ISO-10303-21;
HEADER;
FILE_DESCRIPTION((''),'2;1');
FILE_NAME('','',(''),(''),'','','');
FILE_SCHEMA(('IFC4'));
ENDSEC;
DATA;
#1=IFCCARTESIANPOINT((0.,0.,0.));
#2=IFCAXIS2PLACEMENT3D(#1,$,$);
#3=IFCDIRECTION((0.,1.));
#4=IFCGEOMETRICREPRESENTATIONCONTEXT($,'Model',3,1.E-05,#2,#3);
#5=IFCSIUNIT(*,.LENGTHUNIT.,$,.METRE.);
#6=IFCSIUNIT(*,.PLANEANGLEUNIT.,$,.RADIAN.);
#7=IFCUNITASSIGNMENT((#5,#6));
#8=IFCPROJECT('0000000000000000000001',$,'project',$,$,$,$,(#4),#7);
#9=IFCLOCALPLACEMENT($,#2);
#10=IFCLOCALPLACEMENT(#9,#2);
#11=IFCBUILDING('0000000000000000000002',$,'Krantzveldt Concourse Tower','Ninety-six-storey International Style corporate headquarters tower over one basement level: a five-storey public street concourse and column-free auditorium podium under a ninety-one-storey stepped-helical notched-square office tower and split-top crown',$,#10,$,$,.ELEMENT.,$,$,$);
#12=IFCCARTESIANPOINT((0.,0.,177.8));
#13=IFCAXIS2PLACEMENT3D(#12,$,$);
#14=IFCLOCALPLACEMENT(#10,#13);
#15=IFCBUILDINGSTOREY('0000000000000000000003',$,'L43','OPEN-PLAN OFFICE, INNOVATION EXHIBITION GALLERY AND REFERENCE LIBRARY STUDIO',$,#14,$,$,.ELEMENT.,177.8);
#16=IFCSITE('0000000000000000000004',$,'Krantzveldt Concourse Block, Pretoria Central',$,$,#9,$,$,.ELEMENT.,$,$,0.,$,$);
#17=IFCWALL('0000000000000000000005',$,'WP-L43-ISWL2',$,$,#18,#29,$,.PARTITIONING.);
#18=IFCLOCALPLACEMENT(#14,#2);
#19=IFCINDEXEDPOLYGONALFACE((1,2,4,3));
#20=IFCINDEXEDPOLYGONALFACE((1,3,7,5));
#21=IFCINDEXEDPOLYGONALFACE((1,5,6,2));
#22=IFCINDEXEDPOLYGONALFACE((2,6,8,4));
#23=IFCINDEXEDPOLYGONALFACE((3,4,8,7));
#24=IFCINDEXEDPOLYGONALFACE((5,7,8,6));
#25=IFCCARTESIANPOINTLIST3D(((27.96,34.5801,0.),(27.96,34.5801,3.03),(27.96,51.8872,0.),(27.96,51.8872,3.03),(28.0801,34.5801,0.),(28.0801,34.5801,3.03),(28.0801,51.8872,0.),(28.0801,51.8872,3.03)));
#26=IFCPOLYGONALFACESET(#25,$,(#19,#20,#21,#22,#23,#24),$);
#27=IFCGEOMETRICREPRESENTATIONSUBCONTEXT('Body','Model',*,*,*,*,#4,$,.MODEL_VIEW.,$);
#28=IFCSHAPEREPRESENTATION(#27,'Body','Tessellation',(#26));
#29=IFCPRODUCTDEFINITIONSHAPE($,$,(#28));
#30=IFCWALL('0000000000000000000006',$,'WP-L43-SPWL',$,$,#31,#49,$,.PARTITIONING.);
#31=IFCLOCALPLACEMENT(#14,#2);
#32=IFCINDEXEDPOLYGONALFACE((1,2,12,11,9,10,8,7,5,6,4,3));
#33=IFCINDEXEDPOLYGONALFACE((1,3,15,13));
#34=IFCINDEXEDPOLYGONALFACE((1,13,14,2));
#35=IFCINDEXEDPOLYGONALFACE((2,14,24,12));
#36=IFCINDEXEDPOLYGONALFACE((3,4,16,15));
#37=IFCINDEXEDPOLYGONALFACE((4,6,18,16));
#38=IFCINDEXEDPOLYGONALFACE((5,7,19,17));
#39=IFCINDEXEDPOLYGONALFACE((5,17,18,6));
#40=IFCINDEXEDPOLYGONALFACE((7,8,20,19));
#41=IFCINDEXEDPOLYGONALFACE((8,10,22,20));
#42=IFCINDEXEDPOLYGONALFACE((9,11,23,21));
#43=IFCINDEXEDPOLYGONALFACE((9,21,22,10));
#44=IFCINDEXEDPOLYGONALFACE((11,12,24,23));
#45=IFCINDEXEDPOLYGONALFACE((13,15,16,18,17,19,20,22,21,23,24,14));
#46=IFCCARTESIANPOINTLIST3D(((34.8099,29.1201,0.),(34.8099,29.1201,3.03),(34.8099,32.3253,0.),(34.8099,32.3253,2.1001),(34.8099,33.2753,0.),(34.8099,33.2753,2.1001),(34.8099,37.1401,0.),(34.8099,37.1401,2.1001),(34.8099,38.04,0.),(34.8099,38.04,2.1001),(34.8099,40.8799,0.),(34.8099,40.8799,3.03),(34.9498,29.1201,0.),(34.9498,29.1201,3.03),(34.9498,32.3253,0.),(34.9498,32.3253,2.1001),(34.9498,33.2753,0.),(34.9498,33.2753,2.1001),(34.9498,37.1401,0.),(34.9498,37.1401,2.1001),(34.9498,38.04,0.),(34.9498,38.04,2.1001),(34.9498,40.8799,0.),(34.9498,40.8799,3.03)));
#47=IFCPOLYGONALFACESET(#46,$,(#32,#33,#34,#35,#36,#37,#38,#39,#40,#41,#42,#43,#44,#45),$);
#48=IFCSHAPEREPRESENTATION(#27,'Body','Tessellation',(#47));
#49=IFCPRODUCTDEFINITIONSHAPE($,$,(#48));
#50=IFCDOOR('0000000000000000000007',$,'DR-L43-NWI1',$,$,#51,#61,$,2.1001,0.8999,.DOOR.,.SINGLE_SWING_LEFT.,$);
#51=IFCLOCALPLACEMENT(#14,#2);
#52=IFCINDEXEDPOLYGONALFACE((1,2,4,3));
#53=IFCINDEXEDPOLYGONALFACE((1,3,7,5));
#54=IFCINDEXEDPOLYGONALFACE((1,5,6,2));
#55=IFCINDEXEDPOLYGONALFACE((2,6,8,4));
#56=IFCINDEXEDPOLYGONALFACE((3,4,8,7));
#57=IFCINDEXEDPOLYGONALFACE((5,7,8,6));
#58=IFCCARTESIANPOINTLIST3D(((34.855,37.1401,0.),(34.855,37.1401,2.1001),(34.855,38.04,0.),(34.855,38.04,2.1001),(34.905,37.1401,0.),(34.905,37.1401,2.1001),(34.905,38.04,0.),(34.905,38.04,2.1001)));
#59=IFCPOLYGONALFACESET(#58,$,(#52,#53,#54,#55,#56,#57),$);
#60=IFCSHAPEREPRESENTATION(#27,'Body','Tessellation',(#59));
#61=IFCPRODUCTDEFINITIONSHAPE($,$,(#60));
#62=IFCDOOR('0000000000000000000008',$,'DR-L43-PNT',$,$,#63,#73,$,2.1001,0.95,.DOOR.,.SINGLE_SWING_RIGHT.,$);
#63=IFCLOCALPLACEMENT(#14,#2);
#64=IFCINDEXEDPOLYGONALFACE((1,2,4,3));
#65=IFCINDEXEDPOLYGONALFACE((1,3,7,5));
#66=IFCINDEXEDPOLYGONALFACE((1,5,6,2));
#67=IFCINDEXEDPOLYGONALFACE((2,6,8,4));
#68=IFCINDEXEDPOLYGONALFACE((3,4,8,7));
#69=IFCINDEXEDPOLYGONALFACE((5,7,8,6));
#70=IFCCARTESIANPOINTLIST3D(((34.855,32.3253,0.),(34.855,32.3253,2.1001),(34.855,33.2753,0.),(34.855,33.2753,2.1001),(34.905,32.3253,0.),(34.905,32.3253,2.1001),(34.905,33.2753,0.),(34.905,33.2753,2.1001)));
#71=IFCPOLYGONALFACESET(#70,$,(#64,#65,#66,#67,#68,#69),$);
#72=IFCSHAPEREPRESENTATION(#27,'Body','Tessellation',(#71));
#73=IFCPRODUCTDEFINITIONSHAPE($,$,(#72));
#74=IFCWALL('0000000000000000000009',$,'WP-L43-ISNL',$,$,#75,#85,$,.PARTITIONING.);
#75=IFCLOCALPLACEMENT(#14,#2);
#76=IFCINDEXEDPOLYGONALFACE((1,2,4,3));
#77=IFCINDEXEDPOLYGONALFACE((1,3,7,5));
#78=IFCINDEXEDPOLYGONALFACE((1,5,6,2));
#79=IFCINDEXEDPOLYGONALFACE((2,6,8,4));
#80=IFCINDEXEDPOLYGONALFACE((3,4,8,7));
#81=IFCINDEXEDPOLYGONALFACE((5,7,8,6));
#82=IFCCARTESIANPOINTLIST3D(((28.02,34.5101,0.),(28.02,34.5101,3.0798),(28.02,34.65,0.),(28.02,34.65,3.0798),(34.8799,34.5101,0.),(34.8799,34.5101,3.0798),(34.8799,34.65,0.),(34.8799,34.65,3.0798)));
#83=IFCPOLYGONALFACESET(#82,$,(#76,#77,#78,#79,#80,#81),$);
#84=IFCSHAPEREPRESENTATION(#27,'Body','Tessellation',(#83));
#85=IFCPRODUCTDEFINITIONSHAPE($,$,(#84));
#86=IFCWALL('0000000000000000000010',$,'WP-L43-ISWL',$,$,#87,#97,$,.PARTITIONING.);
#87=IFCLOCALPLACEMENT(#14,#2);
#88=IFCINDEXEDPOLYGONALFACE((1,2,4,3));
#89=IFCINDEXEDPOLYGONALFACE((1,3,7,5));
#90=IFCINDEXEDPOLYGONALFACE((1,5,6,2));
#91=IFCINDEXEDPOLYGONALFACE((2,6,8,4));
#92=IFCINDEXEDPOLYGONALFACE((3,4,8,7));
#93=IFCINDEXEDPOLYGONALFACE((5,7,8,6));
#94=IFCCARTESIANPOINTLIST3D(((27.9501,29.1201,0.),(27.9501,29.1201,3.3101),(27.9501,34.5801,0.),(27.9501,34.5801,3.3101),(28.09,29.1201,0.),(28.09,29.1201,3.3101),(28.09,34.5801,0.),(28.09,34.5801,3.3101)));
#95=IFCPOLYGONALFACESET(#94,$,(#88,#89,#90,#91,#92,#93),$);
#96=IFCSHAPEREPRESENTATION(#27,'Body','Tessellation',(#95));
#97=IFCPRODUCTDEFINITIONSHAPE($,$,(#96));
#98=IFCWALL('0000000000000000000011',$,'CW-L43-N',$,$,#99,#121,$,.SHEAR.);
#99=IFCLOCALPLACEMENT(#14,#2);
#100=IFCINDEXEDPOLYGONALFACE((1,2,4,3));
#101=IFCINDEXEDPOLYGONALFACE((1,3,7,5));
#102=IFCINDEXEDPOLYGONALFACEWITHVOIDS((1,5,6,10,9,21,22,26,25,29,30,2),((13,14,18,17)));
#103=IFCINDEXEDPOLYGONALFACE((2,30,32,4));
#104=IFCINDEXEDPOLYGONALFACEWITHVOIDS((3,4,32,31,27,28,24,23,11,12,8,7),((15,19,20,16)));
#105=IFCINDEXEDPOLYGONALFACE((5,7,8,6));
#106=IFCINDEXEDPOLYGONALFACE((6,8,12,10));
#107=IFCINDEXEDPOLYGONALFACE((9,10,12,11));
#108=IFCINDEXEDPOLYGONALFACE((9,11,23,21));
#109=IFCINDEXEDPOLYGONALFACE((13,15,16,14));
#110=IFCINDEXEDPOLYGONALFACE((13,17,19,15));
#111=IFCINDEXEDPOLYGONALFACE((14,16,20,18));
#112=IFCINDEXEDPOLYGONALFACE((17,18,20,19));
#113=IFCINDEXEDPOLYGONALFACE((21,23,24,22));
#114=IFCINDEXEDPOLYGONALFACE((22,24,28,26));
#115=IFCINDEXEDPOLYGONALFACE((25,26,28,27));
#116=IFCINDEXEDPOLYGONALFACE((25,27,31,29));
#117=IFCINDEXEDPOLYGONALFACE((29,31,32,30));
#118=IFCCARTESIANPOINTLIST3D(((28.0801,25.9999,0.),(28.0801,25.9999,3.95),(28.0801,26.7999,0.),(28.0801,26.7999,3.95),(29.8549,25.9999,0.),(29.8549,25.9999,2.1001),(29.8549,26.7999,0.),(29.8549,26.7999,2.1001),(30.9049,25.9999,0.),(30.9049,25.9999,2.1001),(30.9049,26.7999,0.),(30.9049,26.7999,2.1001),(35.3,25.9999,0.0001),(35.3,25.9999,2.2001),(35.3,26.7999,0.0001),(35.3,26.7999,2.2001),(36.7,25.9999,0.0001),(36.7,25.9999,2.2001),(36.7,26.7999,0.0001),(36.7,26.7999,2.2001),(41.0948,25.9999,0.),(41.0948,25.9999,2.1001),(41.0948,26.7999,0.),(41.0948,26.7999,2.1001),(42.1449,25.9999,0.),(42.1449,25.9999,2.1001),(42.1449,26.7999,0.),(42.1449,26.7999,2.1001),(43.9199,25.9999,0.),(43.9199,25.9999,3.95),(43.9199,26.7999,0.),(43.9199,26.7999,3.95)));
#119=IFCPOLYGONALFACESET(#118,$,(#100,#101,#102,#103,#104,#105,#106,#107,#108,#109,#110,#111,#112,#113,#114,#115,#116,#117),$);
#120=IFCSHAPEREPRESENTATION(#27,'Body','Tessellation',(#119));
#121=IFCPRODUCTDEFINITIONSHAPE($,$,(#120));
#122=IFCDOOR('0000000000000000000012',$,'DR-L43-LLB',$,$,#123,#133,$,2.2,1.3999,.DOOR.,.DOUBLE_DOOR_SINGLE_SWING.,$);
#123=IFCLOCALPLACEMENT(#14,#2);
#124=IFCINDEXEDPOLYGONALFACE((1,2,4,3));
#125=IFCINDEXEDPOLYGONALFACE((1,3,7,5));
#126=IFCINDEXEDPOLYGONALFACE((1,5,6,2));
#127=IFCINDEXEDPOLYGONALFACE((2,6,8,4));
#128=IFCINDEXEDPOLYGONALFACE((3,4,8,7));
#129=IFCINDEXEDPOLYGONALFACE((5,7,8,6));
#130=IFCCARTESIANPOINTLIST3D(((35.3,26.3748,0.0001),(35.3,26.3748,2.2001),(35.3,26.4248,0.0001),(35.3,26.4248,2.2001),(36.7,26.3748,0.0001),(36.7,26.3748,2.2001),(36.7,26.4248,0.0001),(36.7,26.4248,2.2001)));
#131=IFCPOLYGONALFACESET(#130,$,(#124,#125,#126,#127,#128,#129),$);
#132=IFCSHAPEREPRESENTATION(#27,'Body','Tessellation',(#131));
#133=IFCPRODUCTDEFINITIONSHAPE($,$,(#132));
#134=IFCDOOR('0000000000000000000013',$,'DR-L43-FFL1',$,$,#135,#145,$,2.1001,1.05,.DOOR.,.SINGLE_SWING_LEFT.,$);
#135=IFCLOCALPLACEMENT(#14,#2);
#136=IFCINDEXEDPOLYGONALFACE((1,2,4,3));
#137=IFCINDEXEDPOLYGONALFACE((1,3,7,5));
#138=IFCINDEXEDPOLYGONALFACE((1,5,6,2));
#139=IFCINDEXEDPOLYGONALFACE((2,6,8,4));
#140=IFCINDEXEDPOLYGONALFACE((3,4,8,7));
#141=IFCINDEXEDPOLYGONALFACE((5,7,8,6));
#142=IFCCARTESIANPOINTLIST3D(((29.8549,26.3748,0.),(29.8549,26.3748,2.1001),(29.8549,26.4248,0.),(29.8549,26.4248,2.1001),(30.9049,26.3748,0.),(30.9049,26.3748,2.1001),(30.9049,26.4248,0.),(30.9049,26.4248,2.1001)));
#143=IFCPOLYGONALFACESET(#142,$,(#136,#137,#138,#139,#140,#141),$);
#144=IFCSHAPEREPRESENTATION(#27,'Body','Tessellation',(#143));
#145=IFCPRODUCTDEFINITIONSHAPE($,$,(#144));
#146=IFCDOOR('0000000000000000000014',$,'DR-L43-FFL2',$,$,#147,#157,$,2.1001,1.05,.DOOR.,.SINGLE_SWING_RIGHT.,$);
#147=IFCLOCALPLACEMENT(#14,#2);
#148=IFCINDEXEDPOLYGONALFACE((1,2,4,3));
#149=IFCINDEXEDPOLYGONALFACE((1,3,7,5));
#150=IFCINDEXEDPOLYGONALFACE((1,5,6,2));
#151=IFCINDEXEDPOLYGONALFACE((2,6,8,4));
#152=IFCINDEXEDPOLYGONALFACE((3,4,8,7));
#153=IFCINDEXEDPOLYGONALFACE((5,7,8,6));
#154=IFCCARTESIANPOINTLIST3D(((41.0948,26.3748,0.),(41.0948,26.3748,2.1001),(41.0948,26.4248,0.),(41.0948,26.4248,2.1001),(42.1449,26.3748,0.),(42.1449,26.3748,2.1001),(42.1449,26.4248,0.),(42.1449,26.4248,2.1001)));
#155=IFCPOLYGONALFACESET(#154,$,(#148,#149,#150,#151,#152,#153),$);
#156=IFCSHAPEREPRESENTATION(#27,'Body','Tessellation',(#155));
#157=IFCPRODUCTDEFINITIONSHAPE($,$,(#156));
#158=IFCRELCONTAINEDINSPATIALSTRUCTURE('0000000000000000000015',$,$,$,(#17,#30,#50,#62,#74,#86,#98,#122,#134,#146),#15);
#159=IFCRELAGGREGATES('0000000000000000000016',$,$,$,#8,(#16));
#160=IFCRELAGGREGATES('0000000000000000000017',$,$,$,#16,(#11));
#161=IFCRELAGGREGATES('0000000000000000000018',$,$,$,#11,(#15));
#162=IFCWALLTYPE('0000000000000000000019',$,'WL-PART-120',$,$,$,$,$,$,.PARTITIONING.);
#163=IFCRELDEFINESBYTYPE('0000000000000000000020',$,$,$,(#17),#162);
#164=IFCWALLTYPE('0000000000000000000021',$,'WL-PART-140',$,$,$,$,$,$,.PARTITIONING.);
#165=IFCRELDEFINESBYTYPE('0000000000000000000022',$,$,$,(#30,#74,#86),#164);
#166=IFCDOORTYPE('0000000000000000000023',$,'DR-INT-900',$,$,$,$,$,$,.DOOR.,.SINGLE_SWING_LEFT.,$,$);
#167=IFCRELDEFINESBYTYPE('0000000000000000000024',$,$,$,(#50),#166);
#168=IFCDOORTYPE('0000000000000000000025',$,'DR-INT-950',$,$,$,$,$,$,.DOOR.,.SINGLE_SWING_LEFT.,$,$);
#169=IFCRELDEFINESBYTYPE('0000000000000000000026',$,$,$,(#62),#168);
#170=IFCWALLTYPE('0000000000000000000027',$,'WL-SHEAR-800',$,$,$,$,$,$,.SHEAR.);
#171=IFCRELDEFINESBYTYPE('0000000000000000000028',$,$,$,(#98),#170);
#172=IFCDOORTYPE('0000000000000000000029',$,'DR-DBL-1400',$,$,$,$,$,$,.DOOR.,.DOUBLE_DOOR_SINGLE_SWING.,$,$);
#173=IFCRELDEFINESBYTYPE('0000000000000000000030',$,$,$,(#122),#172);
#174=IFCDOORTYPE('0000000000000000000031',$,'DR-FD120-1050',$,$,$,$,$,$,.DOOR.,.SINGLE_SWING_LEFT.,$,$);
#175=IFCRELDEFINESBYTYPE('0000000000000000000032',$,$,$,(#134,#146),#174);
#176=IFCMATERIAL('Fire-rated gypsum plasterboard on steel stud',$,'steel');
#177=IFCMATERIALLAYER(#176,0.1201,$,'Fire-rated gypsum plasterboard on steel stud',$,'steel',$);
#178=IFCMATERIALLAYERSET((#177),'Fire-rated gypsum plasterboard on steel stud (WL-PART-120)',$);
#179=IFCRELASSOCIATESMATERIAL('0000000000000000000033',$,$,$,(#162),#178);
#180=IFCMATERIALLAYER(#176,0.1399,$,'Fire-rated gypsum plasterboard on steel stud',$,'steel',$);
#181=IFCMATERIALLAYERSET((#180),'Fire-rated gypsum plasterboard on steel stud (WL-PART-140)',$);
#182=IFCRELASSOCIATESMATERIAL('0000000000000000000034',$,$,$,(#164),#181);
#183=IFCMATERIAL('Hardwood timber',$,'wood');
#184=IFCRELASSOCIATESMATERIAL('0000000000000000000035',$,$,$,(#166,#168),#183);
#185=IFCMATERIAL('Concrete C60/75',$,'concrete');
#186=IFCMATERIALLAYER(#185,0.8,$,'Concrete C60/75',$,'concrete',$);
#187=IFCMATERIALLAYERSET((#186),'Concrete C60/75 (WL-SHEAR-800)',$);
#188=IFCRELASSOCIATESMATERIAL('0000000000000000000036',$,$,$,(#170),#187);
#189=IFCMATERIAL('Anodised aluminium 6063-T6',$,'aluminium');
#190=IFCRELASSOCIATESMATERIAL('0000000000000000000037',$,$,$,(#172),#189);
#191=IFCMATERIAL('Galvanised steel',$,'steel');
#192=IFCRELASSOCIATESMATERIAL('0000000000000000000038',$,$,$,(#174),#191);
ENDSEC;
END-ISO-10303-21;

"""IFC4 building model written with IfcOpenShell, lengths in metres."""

from ifc_helpers import new_model, si_unit, direction, frame, frame_2d, origin, place, context, subcontext, project, spatial, rectangle, extrude, material, layer, layer_set, type_object, element, fill, save


model = new_model("IFC4")

# Units and contexts
model_context = context("Model", 3, precision=1e-05, world=origin(), true_north=direction((0.0, 1.0)))
body_context = subcontext(model_context, "Body", "Model", "MODEL_VIEW")
ifc_project = project(units=[si_unit("LENGTHUNIT", "METRE"), si_unit("PLANEANGLEUNIT", "RADIAN")], contexts=[model_context])

# Site, building, storey
site_placement = place(None, origin())
site = spatial("IfcSite", under=ifc_project, at=site_placement, Name="Krantzveldt Concourse Block, Pretoria Central", CompositionType="ELEMENT", RefElevation=0.0)
building_placement = place(site_placement, origin())
building = spatial("IfcBuilding", under=site, at=building_placement, Name="Krantzveldt Concourse Tower", Description="Ninety-six-storey International Style corporate headquarters tower over one basement level: a five-storey public street concourse and column-free auditorium podium under a ninety-one-storey stepped-helical notched-square office tower and split-top crown", CompositionType="ELEMENT")
storey_placement = place(building_placement, frame((0.0, 0.0, 177.8)))
storey = spatial("IfcBuildingStorey", under=building, at=storey_placement, Name="L43", Description="OPEN-PLAN OFFICE, INNOVATION EXHIBITION GALLERY AND REFERENCE LIBRARY STUDIO", CompositionType="ELEMENT", Elevation=177.8)

# Wall
ifc_material_1 = material(Name="Fire-rated gypsum plasterboard on steel stud", Category="steel")
ifc_layer_1 = layer(ifc_material_1, 0.1201, Name="Fire-rated gypsum plasterboard on steel stud", Category="steel")
ifc_layer_set_1 = layer_set([ifc_layer_1], Name="Fire-rated gypsum plasterboard on steel stud (WL-PART-120)")
wall_type_1 = type_object("IfcWallType", Name="WL-PART-120", PredefinedType="PARTITIONING", material=ifc_layer_set_1)
wall_1_placement = place(storey_placement, frame((28.02, 34.5801, 0.0), z_axis=(0.0, 0.0, 1.0), x_axis=(0.0, 1.0, 0.0)))
element("IfcWall", 1, at=wall_1_placement, inside=storey, type_object=wall_type_1, Name="WP-L43-ISWL2", PredefinedType="PARTITIONING", context=body_context, shape_type="SweptSolid", body=[
    extrude(rectangle(XDim=17.3071, YDim=0.1201, at=frame_2d((8.6536, 0.0))), origin(), (0.0, 0.0, 1.0), 3.03),
])

# Wall, openings, doors
ifc_layer_2 = layer(ifc_material_1, 0.1399, Name="Fire-rated gypsum plasterboard on steel stud", Category="steel")
ifc_layer_set_2 = layer_set([ifc_layer_2], Name="Fire-rated gypsum plasterboard on steel stud (WL-PART-140)")
wall_type_2 = type_object("IfcWallType", Name="WL-PART-140", PredefinedType="PARTITIONING", material=ifc_layer_set_2)
wall_2_placement = place(storey_placement, frame((34.8799, 29.1201, 0.0), z_axis=(0.0, 0.0, 1.0), x_axis=(0.0, 1.0, 0.0)))
wall_2 = element("IfcWall", 2, at=wall_2_placement, inside=storey, type_object=wall_type_2, Name="WP-L43-SPWL", PredefinedType="PARTITIONING", context=body_context, shape_type="SweptSolid", body=[
    extrude(rectangle(XDim=11.7598, YDim=0.1399, at=frame_2d((5.8799, 0.0))), origin(), (0.0, 0.0, 1.0), 3.03),
])
opening_1_placement = place(wall_2_placement, frame((3.2051, 0.0, 0.0)))
opening_1 = element("IfcOpeningElement", 3, at=opening_1_placement, cuts=wall_2, PredefinedType="OPENING", context=body_context, shape_type="SweptSolid", body=[
    extrude(rectangle(XDim=0.95, YDim=2.1001, at=frame_2d((0.4751, 1.05))), frame((0.0, 0.0801, 0.0), z_axis=(0.0, -1.0, 0.0), x_axis=(1.0, 0.0, 0.0)), (0.0, 0.0, 1.0), 0.1599),
])
opening_2_placement = place(wall_2_placement, frame((8.02, 0.0, 0.0)))
opening_2 = element("IfcOpeningElement", 4, at=opening_2_placement, cuts=wall_2, PredefinedType="OPENING", context=body_context, shape_type="SweptSolid", body=[
    extrude(rectangle(XDim=0.8999, YDim=2.1001, at=frame_2d((0.45, 1.05))), frame((0.0, 0.0801, 0.0), z_axis=(0.0, -1.0, 0.0), x_axis=(1.0, 0.0, 0.0)), (0.0, 0.0, 1.0), 0.1599),
])
ifc_material_2 = material(Name="Hardwood timber", Category="wood")
door_type_1 = type_object("IfcDoorType", Name="DR-INT-900", OperationType="SINGLE_SWING_LEFT", PredefinedType="DOOR", material=ifc_material_2)
door_1_placement = place(opening_2_placement, origin())
door_1 = element("IfcDoor", 5, at=door_1_placement, inside=storey, type_object=door_type_1, Name="DR-L43-NWI1", OperationType="SINGLE_SWING_LEFT", OverallHeight=2.1001, OverallWidth=0.8999, PredefinedType="DOOR", context=body_context, shape_type="SweptSolid", body=[
    extrude(rectangle(XDim=0.8999, YDim=2.1001, at=frame_2d((0.45, 1.05))), frame((0.0, 0.0249, 0.0), z_axis=(0.0, -1.0, 0.0), x_axis=(1.0, 0.0, 0.0)), (0.0, 0.0, 1.0), 0.05),
])
fill(opening_2, door_1)
door_type_2 = type_object("IfcDoorType", Name="DR-INT-950", OperationType="SINGLE_SWING_LEFT", PredefinedType="DOOR", material=ifc_material_2)
door_2_placement = place(opening_1_placement, origin())
door_2 = element("IfcDoor", 6, at=door_2_placement, inside=storey, type_object=door_type_2, Name="DR-L43-PNT", OperationType="SINGLE_SWING_RIGHT", OverallHeight=2.1001, OverallWidth=0.95, PredefinedType="DOOR", context=body_context, shape_type="SweptSolid", body=[
    extrude(rectangle(XDim=0.95, YDim=2.1001, at=frame_2d((0.4751, 1.05))), frame((0.0, 0.0249, 0.0), z_axis=(0.0, -1.0, 0.0), x_axis=(1.0, 0.0, 0.0)), (0.0, 0.0, 1.0), 0.05),
])
fill(opening_1, door_2)

# Walls
wall_3_placement = place(storey_placement, frame((28.02, 34.5801, 0.0), z_axis=(0.0, 0.0, 1.0), x_axis=(1.0, 0.0, 0.0)))
element("IfcWall", 7, at=wall_3_placement, inside=storey, type_object=wall_type_2, Name="WP-L43-ISNL", PredefinedType="PARTITIONING", context=body_context, shape_type="SweptSolid", body=[
    extrude(rectangle(XDim=6.8599, YDim=0.1399, at=frame_2d((3.4299, 0.0))), origin(), (0.0, 0.0, 1.0), 3.0798),
])
wall_4_placement = place(storey_placement, frame((28.02, 29.1201, 0.0), z_axis=(0.0, 0.0, 1.0), x_axis=(0.0, 1.0, 0.0)))
element("IfcWall", 8, at=wall_4_placement, inside=storey, type_object=wall_type_2, Name="WP-L43-ISWL", PredefinedType="PARTITIONING", context=body_context, shape_type="SweptSolid", body=[
    extrude(rectangle(XDim=5.46, YDim=0.1399, at=frame_2d((2.73, 0.0))), origin(), (0.0, 0.0, 1.0), 3.3101),
])

# Wall, openings, doors
ifc_material_3 = material(Name="Concrete C60/75", Category="concrete")
ifc_layer_3 = layer(ifc_material_3, 0.8, Name="Concrete C60/75", Category="concrete")
ifc_layer_set_3 = layer_set([ifc_layer_3], Name="Concrete C60/75 (WL-SHEAR-800)")
wall_type_3 = type_object("IfcWallType", Name="WL-SHEAR-800", PredefinedType="SHEAR", material=ifc_layer_set_3)
wall_5_placement = place(storey_placement, frame((28.0801, 26.3999, 0.0), z_axis=(0.0, 0.0, 1.0), x_axis=(1.0, 0.0, 0.0)))
wall_5 = element("IfcWall", 9, at=wall_5_placement, inside=storey, type_object=wall_type_3, Name="CW-L43-N", PredefinedType="SHEAR", context=body_context, shape_type="SweptSolid", body=[
    extrude(rectangle(XDim=15.8398, YDim=0.8, at=frame_2d((7.9199, 0.0))), origin(), (0.0, 0.0, 1.0), 3.95),
])
opening_3_placement = place(wall_5_placement, frame((7.22, 0.0, 0.0)))
opening_3 = element("IfcOpeningElement", 10, at=opening_3_placement, cuts=wall_5, PredefinedType="OPENING", context=body_context, shape_type="SweptSolid", body=[
    extrude(rectangle(XDim=1.3999, YDim=2.2, at=frame_2d((0.7, 1.1001))), frame((0.0, 0.4102, 0.0), z_axis=(0.0, -1.0, 0.0), x_axis=(1.0, 0.0, 0.0)), (0.0, 0.0, 1.0), 0.8201),
])
opening_4_placement = place(wall_5_placement, frame((1.7749, 0.0, 0.0)))
opening_4 = element("IfcOpeningElement", 11, at=opening_4_placement, cuts=wall_5, PredefinedType="OPENING", context=body_context, shape_type="SweptSolid", body=[
    extrude(rectangle(XDim=1.05, YDim=2.1001, at=frame_2d((0.5249, 1.05))), frame((0.0, 0.4102, 0.0), z_axis=(0.0, -1.0, 0.0), x_axis=(1.0, 0.0, 0.0)), (0.0, 0.0, 1.0), 0.8201),
])
opening_5_placement = place(wall_5_placement, frame((13.0149, 0.0, 0.0)))
opening_5 = element("IfcOpeningElement", 12, at=opening_5_placement, cuts=wall_5, PredefinedType="OPENING", context=body_context, shape_type="SweptSolid", body=[
    extrude(rectangle(XDim=1.05, YDim=2.1001, at=frame_2d((0.5249, 1.05))), frame((0.0, 0.4102, 0.0), z_axis=(0.0, -1.0, 0.0), x_axis=(1.0, 0.0, 0.0)), (0.0, 0.0, 1.0), 0.8201),
])
ifc_material_4 = material(Name="Anodised aluminium 6063-T6", Category="aluminium")
door_type_3 = type_object("IfcDoorType", Name="DR-DBL-1400", OperationType="DOUBLE_DOOR_SINGLE_SWING", PredefinedType="DOOR", material=ifc_material_4)
door_3_placement = place(opening_3_placement, origin())
door_3 = element("IfcDoor", 13, at=door_3_placement, inside=storey, type_object=door_type_3, Name="DR-L43-LLB", OperationType="DOUBLE_DOOR_SINGLE_SWING", OverallHeight=2.2, OverallWidth=1.3999, PredefinedType="DOOR", context=body_context, shape_type="SweptSolid", body=[
    extrude(rectangle(XDim=1.3999, YDim=2.2, at=frame_2d((0.7, 1.1001))), frame((0.0, 0.0249, 0.0), z_axis=(0.0, -1.0, 0.0), x_axis=(1.0, 0.0, 0.0)), (0.0, 0.0, 1.0), 0.05),
])
fill(opening_3, door_3)
ifc_material_5 = material(Name="Galvanised steel", Category="steel")
door_type_4 = type_object("IfcDoorType", Name="DR-FD120-1050", OperationType="SINGLE_SWING_LEFT", PredefinedType="DOOR", material=ifc_material_5)
door_4_placement = place(opening_4_placement, origin())
door_4 = element("IfcDoor", 14, at=door_4_placement, inside=storey, type_object=door_type_4, Name="DR-L43-FFL1", OperationType="SINGLE_SWING_LEFT", OverallHeight=2.1001, OverallWidth=1.05, PredefinedType="DOOR", context=body_context, shape_type="SweptSolid", body=[
    extrude(rectangle(XDim=1.05, YDim=2.1001, at=frame_2d((0.5249, 1.05))), frame((0.0, 0.0249, 0.0), z_axis=(0.0, -1.0, 0.0), x_axis=(1.0, 0.0, 0.0)), (0.0, 0.0, 1.0), 0.05),
])
fill(opening_4, door_4)
door_5_placement = place(opening_5_placement, origin())
door_5 = element("IfcDoor", 15, at=door_5_placement, inside=storey, type_object=door_type_4, Name="DR-L43-FFL2", OperationType="SINGLE_SWING_RIGHT", OverallHeight=2.1001, OverallWidth=1.05, PredefinedType="DOOR", context=body_context, shape_type="SweptSolid", body=[
    extrude(rectangle(XDim=1.05, YDim=2.1001, at=frame_2d((0.5249, 1.05))), frame((0.0, 0.0249, 0.0), z_axis=(0.0, -1.0, 0.0), x_axis=(1.0, 0.0, 0.0)), (0.0, 0.0, 1.0), 0.05),
])
fill(opening_5, door_5)

save(model, "model.ifc")
